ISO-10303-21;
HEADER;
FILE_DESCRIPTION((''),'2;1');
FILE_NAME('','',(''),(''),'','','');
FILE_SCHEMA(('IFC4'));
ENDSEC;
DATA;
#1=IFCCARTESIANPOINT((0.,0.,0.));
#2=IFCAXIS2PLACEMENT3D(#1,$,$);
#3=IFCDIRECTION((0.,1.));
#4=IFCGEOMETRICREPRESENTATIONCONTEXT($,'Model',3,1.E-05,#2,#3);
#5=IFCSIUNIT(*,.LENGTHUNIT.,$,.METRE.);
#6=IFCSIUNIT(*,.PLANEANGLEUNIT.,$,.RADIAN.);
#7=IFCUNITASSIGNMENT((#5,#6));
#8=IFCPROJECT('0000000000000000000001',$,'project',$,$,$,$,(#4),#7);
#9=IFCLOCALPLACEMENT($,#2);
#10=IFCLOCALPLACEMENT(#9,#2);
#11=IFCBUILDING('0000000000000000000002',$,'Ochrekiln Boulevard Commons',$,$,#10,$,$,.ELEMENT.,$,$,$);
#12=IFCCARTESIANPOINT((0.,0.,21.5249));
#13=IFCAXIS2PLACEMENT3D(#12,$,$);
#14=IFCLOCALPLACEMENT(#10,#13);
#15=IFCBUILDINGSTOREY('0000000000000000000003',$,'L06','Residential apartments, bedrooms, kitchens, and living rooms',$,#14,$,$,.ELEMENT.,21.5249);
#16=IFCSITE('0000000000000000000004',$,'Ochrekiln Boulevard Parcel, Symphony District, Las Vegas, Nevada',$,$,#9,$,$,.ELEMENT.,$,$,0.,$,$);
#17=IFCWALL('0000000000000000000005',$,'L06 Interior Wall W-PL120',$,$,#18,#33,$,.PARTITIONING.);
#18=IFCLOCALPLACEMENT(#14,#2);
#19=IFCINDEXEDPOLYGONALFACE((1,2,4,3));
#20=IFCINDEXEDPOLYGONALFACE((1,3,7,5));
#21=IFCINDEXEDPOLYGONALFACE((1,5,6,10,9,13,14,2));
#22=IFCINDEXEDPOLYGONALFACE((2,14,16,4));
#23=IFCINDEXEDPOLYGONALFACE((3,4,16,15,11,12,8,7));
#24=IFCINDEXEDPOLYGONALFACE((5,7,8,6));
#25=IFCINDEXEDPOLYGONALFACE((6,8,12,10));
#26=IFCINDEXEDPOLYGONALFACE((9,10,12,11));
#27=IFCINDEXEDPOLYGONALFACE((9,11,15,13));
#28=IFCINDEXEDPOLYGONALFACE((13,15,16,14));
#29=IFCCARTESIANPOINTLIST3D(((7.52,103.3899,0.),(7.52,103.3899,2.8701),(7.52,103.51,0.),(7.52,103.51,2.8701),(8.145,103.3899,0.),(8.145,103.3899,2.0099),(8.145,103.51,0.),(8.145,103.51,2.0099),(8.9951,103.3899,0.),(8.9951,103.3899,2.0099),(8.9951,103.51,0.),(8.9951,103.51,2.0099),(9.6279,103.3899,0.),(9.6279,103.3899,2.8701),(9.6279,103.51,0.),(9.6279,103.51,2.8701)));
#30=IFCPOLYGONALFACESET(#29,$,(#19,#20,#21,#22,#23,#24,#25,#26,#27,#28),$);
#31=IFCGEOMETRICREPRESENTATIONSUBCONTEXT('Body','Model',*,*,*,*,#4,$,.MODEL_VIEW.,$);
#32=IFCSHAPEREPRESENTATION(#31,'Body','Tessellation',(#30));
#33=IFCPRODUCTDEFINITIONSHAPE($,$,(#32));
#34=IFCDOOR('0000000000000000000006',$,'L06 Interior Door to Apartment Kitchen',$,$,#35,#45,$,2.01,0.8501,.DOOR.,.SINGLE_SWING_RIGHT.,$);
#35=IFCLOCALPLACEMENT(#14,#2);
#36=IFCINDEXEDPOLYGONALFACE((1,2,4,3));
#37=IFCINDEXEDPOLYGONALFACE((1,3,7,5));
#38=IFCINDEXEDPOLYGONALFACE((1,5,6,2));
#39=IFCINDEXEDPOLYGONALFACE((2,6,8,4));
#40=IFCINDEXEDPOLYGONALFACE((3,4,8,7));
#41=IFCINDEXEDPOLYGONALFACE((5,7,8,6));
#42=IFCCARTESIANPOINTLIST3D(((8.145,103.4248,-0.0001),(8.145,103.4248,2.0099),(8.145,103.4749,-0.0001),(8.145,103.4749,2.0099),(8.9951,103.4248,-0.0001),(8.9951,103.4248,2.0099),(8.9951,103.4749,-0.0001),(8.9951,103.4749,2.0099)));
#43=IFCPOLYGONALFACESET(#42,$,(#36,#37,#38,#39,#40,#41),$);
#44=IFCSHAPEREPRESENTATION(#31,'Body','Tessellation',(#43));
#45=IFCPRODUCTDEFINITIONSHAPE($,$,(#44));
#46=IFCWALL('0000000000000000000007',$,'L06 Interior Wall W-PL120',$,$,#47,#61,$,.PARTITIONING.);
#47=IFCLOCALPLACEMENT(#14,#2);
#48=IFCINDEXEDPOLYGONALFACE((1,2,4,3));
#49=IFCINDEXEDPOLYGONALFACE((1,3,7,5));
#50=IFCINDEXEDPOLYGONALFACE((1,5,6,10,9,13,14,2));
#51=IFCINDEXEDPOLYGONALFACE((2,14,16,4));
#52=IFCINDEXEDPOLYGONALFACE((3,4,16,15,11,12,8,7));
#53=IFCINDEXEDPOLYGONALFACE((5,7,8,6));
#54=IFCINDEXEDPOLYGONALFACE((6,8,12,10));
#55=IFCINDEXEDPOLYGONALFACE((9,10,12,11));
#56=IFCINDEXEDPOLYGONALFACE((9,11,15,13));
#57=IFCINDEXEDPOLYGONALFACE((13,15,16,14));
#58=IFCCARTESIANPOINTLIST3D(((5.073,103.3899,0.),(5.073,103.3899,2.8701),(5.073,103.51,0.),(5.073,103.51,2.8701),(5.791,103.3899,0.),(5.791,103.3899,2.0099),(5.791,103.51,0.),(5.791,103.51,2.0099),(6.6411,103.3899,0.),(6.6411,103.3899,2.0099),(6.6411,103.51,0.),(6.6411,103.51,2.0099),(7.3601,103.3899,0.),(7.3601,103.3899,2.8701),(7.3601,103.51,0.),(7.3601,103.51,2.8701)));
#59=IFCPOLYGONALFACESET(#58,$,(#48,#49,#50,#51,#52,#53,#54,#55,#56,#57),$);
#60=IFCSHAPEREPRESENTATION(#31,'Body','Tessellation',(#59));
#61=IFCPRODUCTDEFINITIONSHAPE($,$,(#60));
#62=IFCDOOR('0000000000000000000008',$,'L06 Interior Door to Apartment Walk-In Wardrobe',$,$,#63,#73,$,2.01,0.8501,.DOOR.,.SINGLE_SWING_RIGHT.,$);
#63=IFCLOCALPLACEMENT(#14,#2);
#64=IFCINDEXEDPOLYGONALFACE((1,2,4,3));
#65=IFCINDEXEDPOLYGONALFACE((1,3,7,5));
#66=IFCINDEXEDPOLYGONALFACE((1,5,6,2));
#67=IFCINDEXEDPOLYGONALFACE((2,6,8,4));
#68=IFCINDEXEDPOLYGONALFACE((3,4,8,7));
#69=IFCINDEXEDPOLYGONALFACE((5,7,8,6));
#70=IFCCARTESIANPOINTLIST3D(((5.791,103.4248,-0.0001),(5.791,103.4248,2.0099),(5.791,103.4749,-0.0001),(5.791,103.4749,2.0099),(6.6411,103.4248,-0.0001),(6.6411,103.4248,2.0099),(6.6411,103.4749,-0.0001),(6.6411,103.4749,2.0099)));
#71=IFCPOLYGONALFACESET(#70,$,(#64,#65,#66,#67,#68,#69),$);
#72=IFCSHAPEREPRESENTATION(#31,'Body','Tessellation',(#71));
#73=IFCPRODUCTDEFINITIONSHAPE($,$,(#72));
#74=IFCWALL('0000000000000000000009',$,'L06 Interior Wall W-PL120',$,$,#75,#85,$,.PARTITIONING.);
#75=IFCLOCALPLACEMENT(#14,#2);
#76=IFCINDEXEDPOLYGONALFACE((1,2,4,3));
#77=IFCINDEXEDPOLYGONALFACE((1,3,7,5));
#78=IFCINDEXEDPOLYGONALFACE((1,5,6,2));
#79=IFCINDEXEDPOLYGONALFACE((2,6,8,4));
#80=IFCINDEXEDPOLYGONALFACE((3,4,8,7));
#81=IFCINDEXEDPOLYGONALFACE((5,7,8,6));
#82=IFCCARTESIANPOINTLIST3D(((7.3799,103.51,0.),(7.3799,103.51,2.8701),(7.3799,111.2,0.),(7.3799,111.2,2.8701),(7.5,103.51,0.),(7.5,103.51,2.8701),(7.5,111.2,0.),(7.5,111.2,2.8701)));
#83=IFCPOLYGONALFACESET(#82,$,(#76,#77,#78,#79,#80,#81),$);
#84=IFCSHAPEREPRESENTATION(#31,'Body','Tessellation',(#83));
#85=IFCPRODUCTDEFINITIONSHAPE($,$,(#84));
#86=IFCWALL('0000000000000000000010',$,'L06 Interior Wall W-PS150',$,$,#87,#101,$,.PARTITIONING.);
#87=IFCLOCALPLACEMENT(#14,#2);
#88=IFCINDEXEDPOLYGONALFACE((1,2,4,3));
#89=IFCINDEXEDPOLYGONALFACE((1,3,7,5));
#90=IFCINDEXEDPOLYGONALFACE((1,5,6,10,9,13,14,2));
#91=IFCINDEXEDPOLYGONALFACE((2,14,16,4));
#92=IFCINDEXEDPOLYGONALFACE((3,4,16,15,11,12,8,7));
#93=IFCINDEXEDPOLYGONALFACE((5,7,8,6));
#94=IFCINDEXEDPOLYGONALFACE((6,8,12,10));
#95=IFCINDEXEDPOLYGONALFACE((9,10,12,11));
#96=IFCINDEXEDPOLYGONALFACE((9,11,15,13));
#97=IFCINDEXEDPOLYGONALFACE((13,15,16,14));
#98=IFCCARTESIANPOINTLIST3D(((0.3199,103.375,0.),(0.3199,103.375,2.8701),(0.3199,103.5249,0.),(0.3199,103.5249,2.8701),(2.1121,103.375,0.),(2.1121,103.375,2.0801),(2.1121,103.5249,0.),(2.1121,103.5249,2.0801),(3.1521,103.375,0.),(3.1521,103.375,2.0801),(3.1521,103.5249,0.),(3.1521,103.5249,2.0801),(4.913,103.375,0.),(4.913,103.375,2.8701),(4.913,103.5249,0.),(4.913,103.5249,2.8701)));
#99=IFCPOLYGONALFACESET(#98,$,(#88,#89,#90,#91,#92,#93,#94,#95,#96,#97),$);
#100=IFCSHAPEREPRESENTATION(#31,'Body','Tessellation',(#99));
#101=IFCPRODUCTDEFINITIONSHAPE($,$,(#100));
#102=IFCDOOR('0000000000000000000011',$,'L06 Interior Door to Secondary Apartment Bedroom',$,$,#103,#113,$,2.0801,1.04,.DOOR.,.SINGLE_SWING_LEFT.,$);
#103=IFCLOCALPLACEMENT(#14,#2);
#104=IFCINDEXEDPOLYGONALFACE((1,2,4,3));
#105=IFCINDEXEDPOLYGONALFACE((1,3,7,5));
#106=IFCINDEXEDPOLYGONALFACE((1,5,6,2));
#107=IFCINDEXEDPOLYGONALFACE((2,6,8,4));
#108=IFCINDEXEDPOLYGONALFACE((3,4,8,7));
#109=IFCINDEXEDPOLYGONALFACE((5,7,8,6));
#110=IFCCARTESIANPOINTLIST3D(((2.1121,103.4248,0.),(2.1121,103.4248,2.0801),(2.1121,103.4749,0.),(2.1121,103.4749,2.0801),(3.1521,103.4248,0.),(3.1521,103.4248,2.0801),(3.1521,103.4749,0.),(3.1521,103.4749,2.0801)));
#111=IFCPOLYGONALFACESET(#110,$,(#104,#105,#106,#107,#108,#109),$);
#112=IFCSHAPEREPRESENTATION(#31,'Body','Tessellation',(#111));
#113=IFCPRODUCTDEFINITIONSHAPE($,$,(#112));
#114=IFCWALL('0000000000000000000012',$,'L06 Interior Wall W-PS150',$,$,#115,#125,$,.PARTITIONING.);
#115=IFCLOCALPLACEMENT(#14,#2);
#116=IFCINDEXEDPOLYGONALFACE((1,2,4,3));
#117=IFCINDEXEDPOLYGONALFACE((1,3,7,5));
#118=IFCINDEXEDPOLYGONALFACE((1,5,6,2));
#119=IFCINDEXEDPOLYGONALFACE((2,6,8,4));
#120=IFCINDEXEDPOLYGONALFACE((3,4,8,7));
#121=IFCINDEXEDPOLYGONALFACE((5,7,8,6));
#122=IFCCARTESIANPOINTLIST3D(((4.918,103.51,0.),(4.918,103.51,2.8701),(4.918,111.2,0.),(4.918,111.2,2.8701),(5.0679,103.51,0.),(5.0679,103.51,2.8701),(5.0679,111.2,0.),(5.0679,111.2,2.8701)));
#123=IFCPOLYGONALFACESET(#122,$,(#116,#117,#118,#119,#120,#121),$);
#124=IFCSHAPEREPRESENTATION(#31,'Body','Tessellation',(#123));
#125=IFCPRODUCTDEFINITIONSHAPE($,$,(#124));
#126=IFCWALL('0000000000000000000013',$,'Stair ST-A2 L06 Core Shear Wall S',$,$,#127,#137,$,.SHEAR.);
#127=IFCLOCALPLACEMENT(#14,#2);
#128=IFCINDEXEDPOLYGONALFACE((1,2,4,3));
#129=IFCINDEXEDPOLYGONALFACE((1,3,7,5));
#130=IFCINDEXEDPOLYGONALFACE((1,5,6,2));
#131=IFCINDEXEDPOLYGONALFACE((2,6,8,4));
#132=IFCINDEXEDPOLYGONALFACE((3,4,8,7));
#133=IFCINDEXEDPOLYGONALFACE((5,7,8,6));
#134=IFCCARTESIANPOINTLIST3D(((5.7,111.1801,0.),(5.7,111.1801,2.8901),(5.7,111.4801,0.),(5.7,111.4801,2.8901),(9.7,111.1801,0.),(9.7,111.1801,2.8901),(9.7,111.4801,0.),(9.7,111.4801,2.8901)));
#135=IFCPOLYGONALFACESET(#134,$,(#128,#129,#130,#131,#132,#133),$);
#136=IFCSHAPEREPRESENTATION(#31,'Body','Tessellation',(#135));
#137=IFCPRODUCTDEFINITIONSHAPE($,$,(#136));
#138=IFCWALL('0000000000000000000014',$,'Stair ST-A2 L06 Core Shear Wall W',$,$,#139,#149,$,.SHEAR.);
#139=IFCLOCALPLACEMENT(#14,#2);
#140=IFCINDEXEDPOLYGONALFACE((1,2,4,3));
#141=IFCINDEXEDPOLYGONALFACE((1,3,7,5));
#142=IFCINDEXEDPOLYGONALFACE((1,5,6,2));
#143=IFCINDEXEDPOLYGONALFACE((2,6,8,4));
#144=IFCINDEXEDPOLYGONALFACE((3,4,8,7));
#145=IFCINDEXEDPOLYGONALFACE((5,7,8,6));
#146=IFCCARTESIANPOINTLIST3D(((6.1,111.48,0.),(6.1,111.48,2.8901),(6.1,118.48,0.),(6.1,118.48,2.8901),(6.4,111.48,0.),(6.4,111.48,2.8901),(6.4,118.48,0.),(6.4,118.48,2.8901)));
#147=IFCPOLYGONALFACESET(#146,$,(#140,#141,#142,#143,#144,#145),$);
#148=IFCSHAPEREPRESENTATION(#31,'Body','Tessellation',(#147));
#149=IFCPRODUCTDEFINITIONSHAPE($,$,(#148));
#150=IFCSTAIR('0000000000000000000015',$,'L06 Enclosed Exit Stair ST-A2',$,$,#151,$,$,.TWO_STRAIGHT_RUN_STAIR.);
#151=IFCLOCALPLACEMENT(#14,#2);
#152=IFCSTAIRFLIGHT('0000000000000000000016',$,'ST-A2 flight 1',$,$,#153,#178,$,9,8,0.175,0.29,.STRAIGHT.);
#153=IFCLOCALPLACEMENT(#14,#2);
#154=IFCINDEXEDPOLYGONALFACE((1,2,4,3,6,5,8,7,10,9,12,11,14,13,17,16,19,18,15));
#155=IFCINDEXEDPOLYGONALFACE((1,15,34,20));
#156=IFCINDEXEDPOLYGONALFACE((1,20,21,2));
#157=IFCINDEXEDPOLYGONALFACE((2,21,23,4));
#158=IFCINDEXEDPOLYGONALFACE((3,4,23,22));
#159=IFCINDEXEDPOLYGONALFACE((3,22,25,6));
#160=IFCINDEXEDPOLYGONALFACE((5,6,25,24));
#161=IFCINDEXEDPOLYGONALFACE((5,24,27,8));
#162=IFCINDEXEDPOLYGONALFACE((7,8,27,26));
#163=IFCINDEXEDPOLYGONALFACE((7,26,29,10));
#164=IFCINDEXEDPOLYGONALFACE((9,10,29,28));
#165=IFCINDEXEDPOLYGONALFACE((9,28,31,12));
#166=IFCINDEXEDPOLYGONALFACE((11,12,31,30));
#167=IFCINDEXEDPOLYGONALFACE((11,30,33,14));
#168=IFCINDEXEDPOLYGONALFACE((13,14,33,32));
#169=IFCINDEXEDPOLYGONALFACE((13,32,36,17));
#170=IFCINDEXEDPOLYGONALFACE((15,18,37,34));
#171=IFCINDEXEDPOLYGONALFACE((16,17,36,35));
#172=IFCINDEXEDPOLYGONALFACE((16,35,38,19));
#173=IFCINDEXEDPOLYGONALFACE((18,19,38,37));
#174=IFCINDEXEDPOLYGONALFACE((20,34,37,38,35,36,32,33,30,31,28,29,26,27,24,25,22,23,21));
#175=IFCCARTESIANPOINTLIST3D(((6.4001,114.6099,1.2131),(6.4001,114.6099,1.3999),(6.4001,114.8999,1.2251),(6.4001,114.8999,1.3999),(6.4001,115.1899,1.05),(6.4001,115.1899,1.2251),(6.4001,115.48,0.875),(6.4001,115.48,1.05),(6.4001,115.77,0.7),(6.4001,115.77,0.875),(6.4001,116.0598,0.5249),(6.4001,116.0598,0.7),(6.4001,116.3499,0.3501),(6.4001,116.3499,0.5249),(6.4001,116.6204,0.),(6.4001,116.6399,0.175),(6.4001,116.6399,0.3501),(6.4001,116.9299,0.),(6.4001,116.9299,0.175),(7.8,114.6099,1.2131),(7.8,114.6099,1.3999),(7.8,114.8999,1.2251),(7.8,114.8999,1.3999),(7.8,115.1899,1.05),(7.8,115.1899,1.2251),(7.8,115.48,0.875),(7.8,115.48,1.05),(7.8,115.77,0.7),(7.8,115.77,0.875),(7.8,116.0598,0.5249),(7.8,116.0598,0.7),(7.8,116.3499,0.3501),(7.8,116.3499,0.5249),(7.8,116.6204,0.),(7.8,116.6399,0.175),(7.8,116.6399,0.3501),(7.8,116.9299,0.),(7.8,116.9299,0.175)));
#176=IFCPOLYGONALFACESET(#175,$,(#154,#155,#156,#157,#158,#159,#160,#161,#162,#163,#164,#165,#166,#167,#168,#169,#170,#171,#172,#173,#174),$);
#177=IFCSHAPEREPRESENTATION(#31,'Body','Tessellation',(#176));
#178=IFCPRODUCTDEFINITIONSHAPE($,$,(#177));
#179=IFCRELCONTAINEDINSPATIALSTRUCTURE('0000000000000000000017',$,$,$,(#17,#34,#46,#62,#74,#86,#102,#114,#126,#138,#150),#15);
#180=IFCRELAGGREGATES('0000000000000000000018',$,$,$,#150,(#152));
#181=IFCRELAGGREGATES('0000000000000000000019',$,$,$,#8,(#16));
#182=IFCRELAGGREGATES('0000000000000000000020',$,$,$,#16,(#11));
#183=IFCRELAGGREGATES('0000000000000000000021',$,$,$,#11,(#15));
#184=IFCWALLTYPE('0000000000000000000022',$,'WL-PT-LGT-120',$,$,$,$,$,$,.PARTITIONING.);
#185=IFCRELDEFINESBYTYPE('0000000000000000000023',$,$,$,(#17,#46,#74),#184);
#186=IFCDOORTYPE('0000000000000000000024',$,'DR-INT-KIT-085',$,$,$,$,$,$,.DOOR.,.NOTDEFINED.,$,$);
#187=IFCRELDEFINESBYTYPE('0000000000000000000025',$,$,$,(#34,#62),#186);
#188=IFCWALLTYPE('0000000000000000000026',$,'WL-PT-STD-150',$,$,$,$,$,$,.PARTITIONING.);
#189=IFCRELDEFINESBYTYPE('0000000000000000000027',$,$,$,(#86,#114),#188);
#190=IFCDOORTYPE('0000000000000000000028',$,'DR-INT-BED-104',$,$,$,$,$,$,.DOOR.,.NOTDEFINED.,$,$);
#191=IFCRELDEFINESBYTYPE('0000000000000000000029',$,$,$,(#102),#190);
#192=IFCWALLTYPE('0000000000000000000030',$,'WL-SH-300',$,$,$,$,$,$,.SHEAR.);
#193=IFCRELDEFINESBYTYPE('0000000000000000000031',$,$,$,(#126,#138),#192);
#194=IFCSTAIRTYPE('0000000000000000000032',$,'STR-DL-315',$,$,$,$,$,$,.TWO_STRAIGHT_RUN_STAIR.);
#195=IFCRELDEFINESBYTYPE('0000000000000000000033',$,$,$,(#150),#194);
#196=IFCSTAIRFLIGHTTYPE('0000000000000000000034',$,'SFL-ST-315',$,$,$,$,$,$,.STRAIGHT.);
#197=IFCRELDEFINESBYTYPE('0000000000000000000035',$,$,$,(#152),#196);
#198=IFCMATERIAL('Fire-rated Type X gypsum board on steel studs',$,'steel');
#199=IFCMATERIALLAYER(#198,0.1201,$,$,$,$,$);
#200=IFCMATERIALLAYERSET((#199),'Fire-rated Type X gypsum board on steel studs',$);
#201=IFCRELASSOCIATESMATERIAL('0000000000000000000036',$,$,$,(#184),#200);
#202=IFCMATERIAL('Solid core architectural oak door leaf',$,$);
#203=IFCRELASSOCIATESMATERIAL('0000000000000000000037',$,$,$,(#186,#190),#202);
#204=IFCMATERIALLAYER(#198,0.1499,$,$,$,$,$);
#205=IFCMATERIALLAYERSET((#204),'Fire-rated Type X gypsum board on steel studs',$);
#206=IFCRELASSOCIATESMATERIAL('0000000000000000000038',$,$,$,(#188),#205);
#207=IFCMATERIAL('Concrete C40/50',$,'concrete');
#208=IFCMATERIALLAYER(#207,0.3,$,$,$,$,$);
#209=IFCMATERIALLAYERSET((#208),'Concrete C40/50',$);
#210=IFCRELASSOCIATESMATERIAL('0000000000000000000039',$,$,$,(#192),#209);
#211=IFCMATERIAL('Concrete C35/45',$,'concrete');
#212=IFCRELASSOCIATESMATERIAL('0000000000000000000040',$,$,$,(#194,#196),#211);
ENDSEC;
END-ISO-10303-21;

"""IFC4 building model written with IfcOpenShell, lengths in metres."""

from ifc_helpers import new_model, si_unit, direction, frame, frame_2d, origin, place, context, subcontext, project, spatial, polyline, rectangle, outline, extrude, material, layer, layer_set, type_object, element, fill, aggregate, save


model = new_model("IFC4")

# Units and contexts
model_context = context("Model", 3, precision=1e-05, world=origin(), true_north=direction((0.0, 1.0)))
body_context = subcontext(model_context, "Body", "Model", "MODEL_VIEW")
ifc_project = project(units=[si_unit("LENGTHUNIT", "METRE"), si_unit("PLANEANGLEUNIT", "RADIAN")], contexts=[model_context])

# Site, building, storey
site_placement = place(None, origin())
site = spatial("IfcSite", under=ifc_project, at=site_placement, Name="Ochrekiln Boulevard Parcel, Symphony District, Las Vegas, Nevada", CompositionType="ELEMENT", RefElevation=0.0)
building_placement = place(site_placement, origin())
building = spatial("IfcBuilding", under=site, at=building_placement, Name="Ochrekiln Boulevard Commons", CompositionType="ELEMENT")
storey_placement = place(building_placement, frame((0.0, 0.0, 21.5249)))
storey = spatial("IfcBuildingStorey", under=building, at=storey_placement, Name="L06", Description="Residential apartments, bedrooms, kitchens, and living rooms", CompositionType="ELEMENT", Elevation=21.5249)

# Shared definitions
ifc_material_1 = material(Name="Concrete C35/45", Category="concrete")
ifc_material_2 = material(Name="Concrete C40/50", Category="concrete")

# Walls, openings, doors
ifc_material_3 = material(Name="Fire-rated Type X gypsum board on steel studs", Category="steel")
ifc_layer_1 = layer(ifc_material_3, 0.1201)
ifc_layer_set_1 = layer_set([ifc_layer_1], Name="Fire-rated Type X gypsum board on steel studs")
wall_type_1 = type_object("IfcWallType", Name="WL-PT-LGT-120", PredefinedType="PARTITIONING", material=ifc_layer_set_1)
wall_1_placement = place(storey_placement, frame((7.52, 103.45, 0.0), z_axis=(0.0, 0.0, 1.0), x_axis=(1.0, 0.0, 0.0)))
wall_1 = element("IfcWall", 1, at=wall_1_placement, inside=storey, type_object=wall_type_1, Name="L06 Interior Wall W-PL120", PredefinedType="PARTITIONING", context=body_context, shape_type="SweptSolid", body=[
    extrude(rectangle(XDim=2.1079, YDim=0.1201, at=frame_2d((1.054, 0.0))), origin(), (0.0, 0.0, 1.0), 2.8701),
])
opening_1_placement = place(wall_1_placement, frame((0.625, 0.0, 0.0)))
opening_1 = element("IfcOpeningElement", 2, at=opening_1_placement, cuts=wall_1, PredefinedType="OPENING", context=body_context, shape_type="SweptSolid", body=[
    extrude(rectangle(XDim=0.8501, YDim=2.01, at=frame_2d((0.425, 1.0049))), frame((0.0, 0.0701, 0.0), z_axis=(0.0, -1.0, 0.0), x_axis=(1.0, 0.0, 0.0)), (0.0, 0.0, 1.0), 0.1401),
])
ifc_material_4 = material(Name="Solid core architectural oak door leaf")
door_type_1 = type_object("IfcDoorType", Name="DR-INT-KIT-085", OperationType="NOTDEFINED", PredefinedType="DOOR", material=ifc_material_4)
door_1_placement = place(opening_1_placement, origin())
door_1 = element("IfcDoor", 3, at=door_1_placement, inside=storey, type_object=door_type_1, Name="L06 Interior Door to Apartment Kitchen", OperationType="SINGLE_SWING_RIGHT", OverallHeight=2.01, OverallWidth=0.8501, PredefinedType="DOOR", context=body_context, shape_type="SweptSolid", body=[
    extrude(rectangle(XDim=0.8501, YDim=2.01, at=frame_2d((0.425, 1.0049))), frame((0.0, 0.0249, 0.0), z_axis=(0.0, -1.0, 0.0), x_axis=(1.0, 0.0, 0.0)), (0.0, 0.0, 1.0), 0.05),
])
fill(opening_1, door_1)
wall_2_placement = place(storey_placement, frame((5.073, 103.45, 0.0), z_axis=(0.0, 0.0, 1.0), x_axis=(1.0, 0.0, 0.0)))
wall_2 = element("IfcWall", 4, at=wall_2_placement, inside=storey, type_object=wall_type_1, Name="L06 Interior Wall W-PL120", PredefinedType="PARTITIONING", context=body_context, shape_type="SweptSolid", body=[
    extrude(rectangle(XDim=2.2871, YDim=0.1201, at=frame_2d((1.1436, 0.0))), origin(), (0.0, 0.0, 1.0), 2.8701),
])
opening_2_placement = place(wall_2_placement, frame((0.718, 0.0, 0.0)))
opening_2 = element("IfcOpeningElement", 5, at=opening_2_placement, cuts=wall_2, PredefinedType="OPENING", context=body_context, shape_type="SweptSolid", body=[
    extrude(rectangle(XDim=0.8501, YDim=2.01, at=frame_2d((0.425, 1.0049))), frame((0.0, 0.0701, 0.0), z_axis=(0.0, -1.0, 0.0), x_axis=(1.0, 0.0, 0.0)), (0.0, 0.0, 1.0), 0.1401),
])
door_2_placement = place(opening_2_placement, origin())
door_2 = element("IfcDoor", 6, at=door_2_placement, inside=storey, type_object=door_type_1, Name="L06 Interior Door to Apartment Walk-In Wardrobe", OperationType="SINGLE_SWING_RIGHT", OverallHeight=2.01, OverallWidth=0.8501, PredefinedType="DOOR", context=body_context, shape_type="SweptSolid", body=[
    extrude(rectangle(XDim=0.8501, YDim=2.01, at=frame_2d((0.425, 1.0049))), frame((0.0, 0.0249, 0.0), z_axis=(0.0, -1.0, 0.0), x_axis=(1.0, 0.0, 0.0)), (0.0, 0.0, 1.0), 0.05),
])
fill(opening_2, door_2)

# Wall
wall_3_placement = place(storey_placement, frame((7.4399, 103.51, 0.0), z_axis=(0.0, 0.0, 1.0), x_axis=(0.0, 1.0, 0.0)))
element("IfcWall", 7, at=wall_3_placement, inside=storey, type_object=wall_type_1, Name="L06 Interior Wall W-PL120", PredefinedType="PARTITIONING", context=body_context, shape_type="SweptSolid", body=[
    extrude(rectangle(XDim=7.6899, YDim=0.1201, at=frame_2d((3.845, 0.0))), origin(), (0.0, 0.0, 1.0), 2.8701),
])

# Wall, opening, door
ifc_layer_2 = layer(ifc_material_3, 0.1499)
ifc_layer_set_2 = layer_set([ifc_layer_2], Name="Fire-rated Type X gypsum board on steel studs")
wall_type_2 = type_object("IfcWallType", Name="WL-PT-STD-150", PredefinedType="PARTITIONING", material=ifc_layer_set_2)
wall_4_placement = place(storey_placement, frame((0.3201, 103.45, 0.0), z_axis=(0.0, 0.0, 1.0), x_axis=(1.0, 0.0, 0.0)))
wall_4 = element("IfcWall", 8, at=wall_4_placement, inside=storey, type_object=wall_type_2, Name="L06 Interior Wall W-PS150", PredefinedType="PARTITIONING", context=body_context, shape_type="SweptSolid", body=[
    extrude(rectangle(XDim=4.593, YDim=0.1499, at=frame_2d((2.2964, 0.0))), origin(), (0.0, 0.0, 1.0), 2.8701),
])
opening_3_placement = place(wall_4_placement, frame((1.792, 0.0, 0.0)))
opening_3 = element("IfcOpeningElement", 9, at=opening_3_placement, cuts=wall_4, PredefinedType="OPENING", context=body_context, shape_type="SweptSolid", body=[
    extrude(rectangle(XDim=1.04, YDim=2.0801, at=frame_2d((0.52, 1.04))), frame((0.0, 0.085, 0.0), z_axis=(0.0, -1.0, 0.0), x_axis=(1.0, 0.0, 0.0)), (0.0, 0.0, 1.0), 0.1699),
])
door_type_2 = type_object("IfcDoorType", Name="DR-INT-BED-104", OperationType="NOTDEFINED", PredefinedType="DOOR", material=ifc_material_4)
door_3_placement = place(opening_3_placement, origin())
door_3 = element("IfcDoor", 10, at=door_3_placement, inside=storey, type_object=door_type_2, Name="L06 Interior Door to Secondary Apartment Bedroom", OperationType="SINGLE_SWING_LEFT", OverallHeight=2.0801, OverallWidth=1.04, PredefinedType="DOOR", context=body_context, shape_type="SweptSolid", body=[
    extrude(rectangle(XDim=1.04, YDim=2.0801, at=frame_2d((0.52, 1.04))), frame((0.0, 0.0249, 0.0), z_axis=(0.0, -1.0, 0.0), x_axis=(1.0, 0.0, 0.0)), (0.0, 0.0, 1.0), 0.05),
])
fill(opening_3, door_3)

# Walls
wall_5_placement = place(storey_placement, frame((4.9929, 103.51, 0.0), z_axis=(0.0, 0.0, 1.0), x_axis=(0.0, 1.0, 0.0)))
element("IfcWall", 11, at=wall_5_placement, inside=storey, type_object=wall_type_2, Name="L06 Interior Wall W-PS150", PredefinedType="PARTITIONING", context=body_context, shape_type="SweptSolid", body=[
    extrude(rectangle(XDim=7.6899, YDim=0.1499, at=frame_2d((3.845, 0.0))), origin(), (0.0, 0.0, 1.0), 2.8701),
])
ifc_layer_3 = layer(ifc_material_2, 0.3)
ifc_layer_set_3 = layer_set([ifc_layer_3], Name="Concrete C40/50")
wall_type_3 = type_object("IfcWallType", Name="WL-SH-300", PredefinedType="SHEAR", material=ifc_layer_set_3)
wall_6_placement = place(storey_placement, frame((5.7, 111.3301, 0.0), z_axis=(0.0, 0.0, 1.0), x_axis=(1.0, 0.0, 0.0)))
element("IfcWall", 12, at=wall_6_placement, inside=storey, type_object=wall_type_3, Name="Stair ST-A2 L06 Core Shear Wall S", PredefinedType="SHEAR", context=body_context, shape_type="SweptSolid", body=[
    extrude(rectangle(XDim=4.0, YDim=0.3, at=frame_2d((2.0, 0.0))), origin(), (0.0, 0.0, 1.0), 2.8901),
])
wall_7_placement = place(storey_placement, frame((6.25, 111.48, 0.0), z_axis=(0.0, 0.0, 1.0), x_axis=(0.0, 1.0, 0.0)))
element("IfcWall", 13, at=wall_7_placement, inside=storey, type_object=wall_type_3, Name="Stair ST-A2 L06 Core Shear Wall W", PredefinedType="SHEAR", context=body_context, shape_type="SweptSolid", body=[
    extrude(rectangle(XDim=7.0, YDim=0.3, at=frame_2d((3.5, 0.0))), origin(), (0.0, 0.0, 1.0), 2.8901),
])

# Stair, stair flight
stair_type = type_object("IfcStairType", Name="STR-DL-315", PredefinedType="TWO_STRAIGHT_RUN_STAIR", material=ifc_material_1)
stair_placement = place(storey_placement, origin())
stair = element("IfcStair", 14, at=stair_placement, inside=storey, type_object=stair_type, Name="L06 Enclosed Exit Stair ST-A2", PredefinedType="TWO_STRAIGHT_RUN_STAIR")
stair_flight_type = type_object("IfcStairFlightType", Name="SFL-ST-315", PredefinedType="STRAIGHT", material=ifc_material_1)
stair_flight_placement = place(storey_placement, frame((7.1001, 116.9299, 0.0), z_axis=(0.0, 0.0, 1.0), x_axis=(0.0, -1.0, 0.0)))
stair_flight = element("IfcStairFlight", 15, at=stair_flight_placement, type_object=stair_flight_type, Name="ST-A2 flight 1", NumberOfRisers=9, NumberOfTreads=8, PredefinedType="STRAIGHT", RiserHeight=0.175, TreadLength=0.29, context=body_context, shape_type="SweptSolid", body=[
    extrude(outline(polyline([(0.0, 0.0), (0.0, 0.175), (0.29, 0.175), (0.29, 0.3501), (0.5801, 0.3501), (0.5801, 0.5249), (0.8701, 0.5249), (0.8701, 0.7), (1.1599, 0.7), (1.1599, 0.875), (1.45, 0.875), (1.45, 1.05), (1.74, 1.05), (1.74, 1.2251), (2.03, 1.2251), (2.03, 1.3999), (2.3201, 1.3999), (2.3201, 1.575), (2.3201, 1.2131), (0.3096, 0.0), (0.0, 0.0)])), frame((0.0, 0.7, 0.0), z_axis=(0.0, -1.0, 0.0), x_axis=(1.0, 0.0, 0.0)), (0.0, 0.0, 1.0), 1.3999),
])
aggregate(stair, [stair_flight])

save(model, "model.ifc")
